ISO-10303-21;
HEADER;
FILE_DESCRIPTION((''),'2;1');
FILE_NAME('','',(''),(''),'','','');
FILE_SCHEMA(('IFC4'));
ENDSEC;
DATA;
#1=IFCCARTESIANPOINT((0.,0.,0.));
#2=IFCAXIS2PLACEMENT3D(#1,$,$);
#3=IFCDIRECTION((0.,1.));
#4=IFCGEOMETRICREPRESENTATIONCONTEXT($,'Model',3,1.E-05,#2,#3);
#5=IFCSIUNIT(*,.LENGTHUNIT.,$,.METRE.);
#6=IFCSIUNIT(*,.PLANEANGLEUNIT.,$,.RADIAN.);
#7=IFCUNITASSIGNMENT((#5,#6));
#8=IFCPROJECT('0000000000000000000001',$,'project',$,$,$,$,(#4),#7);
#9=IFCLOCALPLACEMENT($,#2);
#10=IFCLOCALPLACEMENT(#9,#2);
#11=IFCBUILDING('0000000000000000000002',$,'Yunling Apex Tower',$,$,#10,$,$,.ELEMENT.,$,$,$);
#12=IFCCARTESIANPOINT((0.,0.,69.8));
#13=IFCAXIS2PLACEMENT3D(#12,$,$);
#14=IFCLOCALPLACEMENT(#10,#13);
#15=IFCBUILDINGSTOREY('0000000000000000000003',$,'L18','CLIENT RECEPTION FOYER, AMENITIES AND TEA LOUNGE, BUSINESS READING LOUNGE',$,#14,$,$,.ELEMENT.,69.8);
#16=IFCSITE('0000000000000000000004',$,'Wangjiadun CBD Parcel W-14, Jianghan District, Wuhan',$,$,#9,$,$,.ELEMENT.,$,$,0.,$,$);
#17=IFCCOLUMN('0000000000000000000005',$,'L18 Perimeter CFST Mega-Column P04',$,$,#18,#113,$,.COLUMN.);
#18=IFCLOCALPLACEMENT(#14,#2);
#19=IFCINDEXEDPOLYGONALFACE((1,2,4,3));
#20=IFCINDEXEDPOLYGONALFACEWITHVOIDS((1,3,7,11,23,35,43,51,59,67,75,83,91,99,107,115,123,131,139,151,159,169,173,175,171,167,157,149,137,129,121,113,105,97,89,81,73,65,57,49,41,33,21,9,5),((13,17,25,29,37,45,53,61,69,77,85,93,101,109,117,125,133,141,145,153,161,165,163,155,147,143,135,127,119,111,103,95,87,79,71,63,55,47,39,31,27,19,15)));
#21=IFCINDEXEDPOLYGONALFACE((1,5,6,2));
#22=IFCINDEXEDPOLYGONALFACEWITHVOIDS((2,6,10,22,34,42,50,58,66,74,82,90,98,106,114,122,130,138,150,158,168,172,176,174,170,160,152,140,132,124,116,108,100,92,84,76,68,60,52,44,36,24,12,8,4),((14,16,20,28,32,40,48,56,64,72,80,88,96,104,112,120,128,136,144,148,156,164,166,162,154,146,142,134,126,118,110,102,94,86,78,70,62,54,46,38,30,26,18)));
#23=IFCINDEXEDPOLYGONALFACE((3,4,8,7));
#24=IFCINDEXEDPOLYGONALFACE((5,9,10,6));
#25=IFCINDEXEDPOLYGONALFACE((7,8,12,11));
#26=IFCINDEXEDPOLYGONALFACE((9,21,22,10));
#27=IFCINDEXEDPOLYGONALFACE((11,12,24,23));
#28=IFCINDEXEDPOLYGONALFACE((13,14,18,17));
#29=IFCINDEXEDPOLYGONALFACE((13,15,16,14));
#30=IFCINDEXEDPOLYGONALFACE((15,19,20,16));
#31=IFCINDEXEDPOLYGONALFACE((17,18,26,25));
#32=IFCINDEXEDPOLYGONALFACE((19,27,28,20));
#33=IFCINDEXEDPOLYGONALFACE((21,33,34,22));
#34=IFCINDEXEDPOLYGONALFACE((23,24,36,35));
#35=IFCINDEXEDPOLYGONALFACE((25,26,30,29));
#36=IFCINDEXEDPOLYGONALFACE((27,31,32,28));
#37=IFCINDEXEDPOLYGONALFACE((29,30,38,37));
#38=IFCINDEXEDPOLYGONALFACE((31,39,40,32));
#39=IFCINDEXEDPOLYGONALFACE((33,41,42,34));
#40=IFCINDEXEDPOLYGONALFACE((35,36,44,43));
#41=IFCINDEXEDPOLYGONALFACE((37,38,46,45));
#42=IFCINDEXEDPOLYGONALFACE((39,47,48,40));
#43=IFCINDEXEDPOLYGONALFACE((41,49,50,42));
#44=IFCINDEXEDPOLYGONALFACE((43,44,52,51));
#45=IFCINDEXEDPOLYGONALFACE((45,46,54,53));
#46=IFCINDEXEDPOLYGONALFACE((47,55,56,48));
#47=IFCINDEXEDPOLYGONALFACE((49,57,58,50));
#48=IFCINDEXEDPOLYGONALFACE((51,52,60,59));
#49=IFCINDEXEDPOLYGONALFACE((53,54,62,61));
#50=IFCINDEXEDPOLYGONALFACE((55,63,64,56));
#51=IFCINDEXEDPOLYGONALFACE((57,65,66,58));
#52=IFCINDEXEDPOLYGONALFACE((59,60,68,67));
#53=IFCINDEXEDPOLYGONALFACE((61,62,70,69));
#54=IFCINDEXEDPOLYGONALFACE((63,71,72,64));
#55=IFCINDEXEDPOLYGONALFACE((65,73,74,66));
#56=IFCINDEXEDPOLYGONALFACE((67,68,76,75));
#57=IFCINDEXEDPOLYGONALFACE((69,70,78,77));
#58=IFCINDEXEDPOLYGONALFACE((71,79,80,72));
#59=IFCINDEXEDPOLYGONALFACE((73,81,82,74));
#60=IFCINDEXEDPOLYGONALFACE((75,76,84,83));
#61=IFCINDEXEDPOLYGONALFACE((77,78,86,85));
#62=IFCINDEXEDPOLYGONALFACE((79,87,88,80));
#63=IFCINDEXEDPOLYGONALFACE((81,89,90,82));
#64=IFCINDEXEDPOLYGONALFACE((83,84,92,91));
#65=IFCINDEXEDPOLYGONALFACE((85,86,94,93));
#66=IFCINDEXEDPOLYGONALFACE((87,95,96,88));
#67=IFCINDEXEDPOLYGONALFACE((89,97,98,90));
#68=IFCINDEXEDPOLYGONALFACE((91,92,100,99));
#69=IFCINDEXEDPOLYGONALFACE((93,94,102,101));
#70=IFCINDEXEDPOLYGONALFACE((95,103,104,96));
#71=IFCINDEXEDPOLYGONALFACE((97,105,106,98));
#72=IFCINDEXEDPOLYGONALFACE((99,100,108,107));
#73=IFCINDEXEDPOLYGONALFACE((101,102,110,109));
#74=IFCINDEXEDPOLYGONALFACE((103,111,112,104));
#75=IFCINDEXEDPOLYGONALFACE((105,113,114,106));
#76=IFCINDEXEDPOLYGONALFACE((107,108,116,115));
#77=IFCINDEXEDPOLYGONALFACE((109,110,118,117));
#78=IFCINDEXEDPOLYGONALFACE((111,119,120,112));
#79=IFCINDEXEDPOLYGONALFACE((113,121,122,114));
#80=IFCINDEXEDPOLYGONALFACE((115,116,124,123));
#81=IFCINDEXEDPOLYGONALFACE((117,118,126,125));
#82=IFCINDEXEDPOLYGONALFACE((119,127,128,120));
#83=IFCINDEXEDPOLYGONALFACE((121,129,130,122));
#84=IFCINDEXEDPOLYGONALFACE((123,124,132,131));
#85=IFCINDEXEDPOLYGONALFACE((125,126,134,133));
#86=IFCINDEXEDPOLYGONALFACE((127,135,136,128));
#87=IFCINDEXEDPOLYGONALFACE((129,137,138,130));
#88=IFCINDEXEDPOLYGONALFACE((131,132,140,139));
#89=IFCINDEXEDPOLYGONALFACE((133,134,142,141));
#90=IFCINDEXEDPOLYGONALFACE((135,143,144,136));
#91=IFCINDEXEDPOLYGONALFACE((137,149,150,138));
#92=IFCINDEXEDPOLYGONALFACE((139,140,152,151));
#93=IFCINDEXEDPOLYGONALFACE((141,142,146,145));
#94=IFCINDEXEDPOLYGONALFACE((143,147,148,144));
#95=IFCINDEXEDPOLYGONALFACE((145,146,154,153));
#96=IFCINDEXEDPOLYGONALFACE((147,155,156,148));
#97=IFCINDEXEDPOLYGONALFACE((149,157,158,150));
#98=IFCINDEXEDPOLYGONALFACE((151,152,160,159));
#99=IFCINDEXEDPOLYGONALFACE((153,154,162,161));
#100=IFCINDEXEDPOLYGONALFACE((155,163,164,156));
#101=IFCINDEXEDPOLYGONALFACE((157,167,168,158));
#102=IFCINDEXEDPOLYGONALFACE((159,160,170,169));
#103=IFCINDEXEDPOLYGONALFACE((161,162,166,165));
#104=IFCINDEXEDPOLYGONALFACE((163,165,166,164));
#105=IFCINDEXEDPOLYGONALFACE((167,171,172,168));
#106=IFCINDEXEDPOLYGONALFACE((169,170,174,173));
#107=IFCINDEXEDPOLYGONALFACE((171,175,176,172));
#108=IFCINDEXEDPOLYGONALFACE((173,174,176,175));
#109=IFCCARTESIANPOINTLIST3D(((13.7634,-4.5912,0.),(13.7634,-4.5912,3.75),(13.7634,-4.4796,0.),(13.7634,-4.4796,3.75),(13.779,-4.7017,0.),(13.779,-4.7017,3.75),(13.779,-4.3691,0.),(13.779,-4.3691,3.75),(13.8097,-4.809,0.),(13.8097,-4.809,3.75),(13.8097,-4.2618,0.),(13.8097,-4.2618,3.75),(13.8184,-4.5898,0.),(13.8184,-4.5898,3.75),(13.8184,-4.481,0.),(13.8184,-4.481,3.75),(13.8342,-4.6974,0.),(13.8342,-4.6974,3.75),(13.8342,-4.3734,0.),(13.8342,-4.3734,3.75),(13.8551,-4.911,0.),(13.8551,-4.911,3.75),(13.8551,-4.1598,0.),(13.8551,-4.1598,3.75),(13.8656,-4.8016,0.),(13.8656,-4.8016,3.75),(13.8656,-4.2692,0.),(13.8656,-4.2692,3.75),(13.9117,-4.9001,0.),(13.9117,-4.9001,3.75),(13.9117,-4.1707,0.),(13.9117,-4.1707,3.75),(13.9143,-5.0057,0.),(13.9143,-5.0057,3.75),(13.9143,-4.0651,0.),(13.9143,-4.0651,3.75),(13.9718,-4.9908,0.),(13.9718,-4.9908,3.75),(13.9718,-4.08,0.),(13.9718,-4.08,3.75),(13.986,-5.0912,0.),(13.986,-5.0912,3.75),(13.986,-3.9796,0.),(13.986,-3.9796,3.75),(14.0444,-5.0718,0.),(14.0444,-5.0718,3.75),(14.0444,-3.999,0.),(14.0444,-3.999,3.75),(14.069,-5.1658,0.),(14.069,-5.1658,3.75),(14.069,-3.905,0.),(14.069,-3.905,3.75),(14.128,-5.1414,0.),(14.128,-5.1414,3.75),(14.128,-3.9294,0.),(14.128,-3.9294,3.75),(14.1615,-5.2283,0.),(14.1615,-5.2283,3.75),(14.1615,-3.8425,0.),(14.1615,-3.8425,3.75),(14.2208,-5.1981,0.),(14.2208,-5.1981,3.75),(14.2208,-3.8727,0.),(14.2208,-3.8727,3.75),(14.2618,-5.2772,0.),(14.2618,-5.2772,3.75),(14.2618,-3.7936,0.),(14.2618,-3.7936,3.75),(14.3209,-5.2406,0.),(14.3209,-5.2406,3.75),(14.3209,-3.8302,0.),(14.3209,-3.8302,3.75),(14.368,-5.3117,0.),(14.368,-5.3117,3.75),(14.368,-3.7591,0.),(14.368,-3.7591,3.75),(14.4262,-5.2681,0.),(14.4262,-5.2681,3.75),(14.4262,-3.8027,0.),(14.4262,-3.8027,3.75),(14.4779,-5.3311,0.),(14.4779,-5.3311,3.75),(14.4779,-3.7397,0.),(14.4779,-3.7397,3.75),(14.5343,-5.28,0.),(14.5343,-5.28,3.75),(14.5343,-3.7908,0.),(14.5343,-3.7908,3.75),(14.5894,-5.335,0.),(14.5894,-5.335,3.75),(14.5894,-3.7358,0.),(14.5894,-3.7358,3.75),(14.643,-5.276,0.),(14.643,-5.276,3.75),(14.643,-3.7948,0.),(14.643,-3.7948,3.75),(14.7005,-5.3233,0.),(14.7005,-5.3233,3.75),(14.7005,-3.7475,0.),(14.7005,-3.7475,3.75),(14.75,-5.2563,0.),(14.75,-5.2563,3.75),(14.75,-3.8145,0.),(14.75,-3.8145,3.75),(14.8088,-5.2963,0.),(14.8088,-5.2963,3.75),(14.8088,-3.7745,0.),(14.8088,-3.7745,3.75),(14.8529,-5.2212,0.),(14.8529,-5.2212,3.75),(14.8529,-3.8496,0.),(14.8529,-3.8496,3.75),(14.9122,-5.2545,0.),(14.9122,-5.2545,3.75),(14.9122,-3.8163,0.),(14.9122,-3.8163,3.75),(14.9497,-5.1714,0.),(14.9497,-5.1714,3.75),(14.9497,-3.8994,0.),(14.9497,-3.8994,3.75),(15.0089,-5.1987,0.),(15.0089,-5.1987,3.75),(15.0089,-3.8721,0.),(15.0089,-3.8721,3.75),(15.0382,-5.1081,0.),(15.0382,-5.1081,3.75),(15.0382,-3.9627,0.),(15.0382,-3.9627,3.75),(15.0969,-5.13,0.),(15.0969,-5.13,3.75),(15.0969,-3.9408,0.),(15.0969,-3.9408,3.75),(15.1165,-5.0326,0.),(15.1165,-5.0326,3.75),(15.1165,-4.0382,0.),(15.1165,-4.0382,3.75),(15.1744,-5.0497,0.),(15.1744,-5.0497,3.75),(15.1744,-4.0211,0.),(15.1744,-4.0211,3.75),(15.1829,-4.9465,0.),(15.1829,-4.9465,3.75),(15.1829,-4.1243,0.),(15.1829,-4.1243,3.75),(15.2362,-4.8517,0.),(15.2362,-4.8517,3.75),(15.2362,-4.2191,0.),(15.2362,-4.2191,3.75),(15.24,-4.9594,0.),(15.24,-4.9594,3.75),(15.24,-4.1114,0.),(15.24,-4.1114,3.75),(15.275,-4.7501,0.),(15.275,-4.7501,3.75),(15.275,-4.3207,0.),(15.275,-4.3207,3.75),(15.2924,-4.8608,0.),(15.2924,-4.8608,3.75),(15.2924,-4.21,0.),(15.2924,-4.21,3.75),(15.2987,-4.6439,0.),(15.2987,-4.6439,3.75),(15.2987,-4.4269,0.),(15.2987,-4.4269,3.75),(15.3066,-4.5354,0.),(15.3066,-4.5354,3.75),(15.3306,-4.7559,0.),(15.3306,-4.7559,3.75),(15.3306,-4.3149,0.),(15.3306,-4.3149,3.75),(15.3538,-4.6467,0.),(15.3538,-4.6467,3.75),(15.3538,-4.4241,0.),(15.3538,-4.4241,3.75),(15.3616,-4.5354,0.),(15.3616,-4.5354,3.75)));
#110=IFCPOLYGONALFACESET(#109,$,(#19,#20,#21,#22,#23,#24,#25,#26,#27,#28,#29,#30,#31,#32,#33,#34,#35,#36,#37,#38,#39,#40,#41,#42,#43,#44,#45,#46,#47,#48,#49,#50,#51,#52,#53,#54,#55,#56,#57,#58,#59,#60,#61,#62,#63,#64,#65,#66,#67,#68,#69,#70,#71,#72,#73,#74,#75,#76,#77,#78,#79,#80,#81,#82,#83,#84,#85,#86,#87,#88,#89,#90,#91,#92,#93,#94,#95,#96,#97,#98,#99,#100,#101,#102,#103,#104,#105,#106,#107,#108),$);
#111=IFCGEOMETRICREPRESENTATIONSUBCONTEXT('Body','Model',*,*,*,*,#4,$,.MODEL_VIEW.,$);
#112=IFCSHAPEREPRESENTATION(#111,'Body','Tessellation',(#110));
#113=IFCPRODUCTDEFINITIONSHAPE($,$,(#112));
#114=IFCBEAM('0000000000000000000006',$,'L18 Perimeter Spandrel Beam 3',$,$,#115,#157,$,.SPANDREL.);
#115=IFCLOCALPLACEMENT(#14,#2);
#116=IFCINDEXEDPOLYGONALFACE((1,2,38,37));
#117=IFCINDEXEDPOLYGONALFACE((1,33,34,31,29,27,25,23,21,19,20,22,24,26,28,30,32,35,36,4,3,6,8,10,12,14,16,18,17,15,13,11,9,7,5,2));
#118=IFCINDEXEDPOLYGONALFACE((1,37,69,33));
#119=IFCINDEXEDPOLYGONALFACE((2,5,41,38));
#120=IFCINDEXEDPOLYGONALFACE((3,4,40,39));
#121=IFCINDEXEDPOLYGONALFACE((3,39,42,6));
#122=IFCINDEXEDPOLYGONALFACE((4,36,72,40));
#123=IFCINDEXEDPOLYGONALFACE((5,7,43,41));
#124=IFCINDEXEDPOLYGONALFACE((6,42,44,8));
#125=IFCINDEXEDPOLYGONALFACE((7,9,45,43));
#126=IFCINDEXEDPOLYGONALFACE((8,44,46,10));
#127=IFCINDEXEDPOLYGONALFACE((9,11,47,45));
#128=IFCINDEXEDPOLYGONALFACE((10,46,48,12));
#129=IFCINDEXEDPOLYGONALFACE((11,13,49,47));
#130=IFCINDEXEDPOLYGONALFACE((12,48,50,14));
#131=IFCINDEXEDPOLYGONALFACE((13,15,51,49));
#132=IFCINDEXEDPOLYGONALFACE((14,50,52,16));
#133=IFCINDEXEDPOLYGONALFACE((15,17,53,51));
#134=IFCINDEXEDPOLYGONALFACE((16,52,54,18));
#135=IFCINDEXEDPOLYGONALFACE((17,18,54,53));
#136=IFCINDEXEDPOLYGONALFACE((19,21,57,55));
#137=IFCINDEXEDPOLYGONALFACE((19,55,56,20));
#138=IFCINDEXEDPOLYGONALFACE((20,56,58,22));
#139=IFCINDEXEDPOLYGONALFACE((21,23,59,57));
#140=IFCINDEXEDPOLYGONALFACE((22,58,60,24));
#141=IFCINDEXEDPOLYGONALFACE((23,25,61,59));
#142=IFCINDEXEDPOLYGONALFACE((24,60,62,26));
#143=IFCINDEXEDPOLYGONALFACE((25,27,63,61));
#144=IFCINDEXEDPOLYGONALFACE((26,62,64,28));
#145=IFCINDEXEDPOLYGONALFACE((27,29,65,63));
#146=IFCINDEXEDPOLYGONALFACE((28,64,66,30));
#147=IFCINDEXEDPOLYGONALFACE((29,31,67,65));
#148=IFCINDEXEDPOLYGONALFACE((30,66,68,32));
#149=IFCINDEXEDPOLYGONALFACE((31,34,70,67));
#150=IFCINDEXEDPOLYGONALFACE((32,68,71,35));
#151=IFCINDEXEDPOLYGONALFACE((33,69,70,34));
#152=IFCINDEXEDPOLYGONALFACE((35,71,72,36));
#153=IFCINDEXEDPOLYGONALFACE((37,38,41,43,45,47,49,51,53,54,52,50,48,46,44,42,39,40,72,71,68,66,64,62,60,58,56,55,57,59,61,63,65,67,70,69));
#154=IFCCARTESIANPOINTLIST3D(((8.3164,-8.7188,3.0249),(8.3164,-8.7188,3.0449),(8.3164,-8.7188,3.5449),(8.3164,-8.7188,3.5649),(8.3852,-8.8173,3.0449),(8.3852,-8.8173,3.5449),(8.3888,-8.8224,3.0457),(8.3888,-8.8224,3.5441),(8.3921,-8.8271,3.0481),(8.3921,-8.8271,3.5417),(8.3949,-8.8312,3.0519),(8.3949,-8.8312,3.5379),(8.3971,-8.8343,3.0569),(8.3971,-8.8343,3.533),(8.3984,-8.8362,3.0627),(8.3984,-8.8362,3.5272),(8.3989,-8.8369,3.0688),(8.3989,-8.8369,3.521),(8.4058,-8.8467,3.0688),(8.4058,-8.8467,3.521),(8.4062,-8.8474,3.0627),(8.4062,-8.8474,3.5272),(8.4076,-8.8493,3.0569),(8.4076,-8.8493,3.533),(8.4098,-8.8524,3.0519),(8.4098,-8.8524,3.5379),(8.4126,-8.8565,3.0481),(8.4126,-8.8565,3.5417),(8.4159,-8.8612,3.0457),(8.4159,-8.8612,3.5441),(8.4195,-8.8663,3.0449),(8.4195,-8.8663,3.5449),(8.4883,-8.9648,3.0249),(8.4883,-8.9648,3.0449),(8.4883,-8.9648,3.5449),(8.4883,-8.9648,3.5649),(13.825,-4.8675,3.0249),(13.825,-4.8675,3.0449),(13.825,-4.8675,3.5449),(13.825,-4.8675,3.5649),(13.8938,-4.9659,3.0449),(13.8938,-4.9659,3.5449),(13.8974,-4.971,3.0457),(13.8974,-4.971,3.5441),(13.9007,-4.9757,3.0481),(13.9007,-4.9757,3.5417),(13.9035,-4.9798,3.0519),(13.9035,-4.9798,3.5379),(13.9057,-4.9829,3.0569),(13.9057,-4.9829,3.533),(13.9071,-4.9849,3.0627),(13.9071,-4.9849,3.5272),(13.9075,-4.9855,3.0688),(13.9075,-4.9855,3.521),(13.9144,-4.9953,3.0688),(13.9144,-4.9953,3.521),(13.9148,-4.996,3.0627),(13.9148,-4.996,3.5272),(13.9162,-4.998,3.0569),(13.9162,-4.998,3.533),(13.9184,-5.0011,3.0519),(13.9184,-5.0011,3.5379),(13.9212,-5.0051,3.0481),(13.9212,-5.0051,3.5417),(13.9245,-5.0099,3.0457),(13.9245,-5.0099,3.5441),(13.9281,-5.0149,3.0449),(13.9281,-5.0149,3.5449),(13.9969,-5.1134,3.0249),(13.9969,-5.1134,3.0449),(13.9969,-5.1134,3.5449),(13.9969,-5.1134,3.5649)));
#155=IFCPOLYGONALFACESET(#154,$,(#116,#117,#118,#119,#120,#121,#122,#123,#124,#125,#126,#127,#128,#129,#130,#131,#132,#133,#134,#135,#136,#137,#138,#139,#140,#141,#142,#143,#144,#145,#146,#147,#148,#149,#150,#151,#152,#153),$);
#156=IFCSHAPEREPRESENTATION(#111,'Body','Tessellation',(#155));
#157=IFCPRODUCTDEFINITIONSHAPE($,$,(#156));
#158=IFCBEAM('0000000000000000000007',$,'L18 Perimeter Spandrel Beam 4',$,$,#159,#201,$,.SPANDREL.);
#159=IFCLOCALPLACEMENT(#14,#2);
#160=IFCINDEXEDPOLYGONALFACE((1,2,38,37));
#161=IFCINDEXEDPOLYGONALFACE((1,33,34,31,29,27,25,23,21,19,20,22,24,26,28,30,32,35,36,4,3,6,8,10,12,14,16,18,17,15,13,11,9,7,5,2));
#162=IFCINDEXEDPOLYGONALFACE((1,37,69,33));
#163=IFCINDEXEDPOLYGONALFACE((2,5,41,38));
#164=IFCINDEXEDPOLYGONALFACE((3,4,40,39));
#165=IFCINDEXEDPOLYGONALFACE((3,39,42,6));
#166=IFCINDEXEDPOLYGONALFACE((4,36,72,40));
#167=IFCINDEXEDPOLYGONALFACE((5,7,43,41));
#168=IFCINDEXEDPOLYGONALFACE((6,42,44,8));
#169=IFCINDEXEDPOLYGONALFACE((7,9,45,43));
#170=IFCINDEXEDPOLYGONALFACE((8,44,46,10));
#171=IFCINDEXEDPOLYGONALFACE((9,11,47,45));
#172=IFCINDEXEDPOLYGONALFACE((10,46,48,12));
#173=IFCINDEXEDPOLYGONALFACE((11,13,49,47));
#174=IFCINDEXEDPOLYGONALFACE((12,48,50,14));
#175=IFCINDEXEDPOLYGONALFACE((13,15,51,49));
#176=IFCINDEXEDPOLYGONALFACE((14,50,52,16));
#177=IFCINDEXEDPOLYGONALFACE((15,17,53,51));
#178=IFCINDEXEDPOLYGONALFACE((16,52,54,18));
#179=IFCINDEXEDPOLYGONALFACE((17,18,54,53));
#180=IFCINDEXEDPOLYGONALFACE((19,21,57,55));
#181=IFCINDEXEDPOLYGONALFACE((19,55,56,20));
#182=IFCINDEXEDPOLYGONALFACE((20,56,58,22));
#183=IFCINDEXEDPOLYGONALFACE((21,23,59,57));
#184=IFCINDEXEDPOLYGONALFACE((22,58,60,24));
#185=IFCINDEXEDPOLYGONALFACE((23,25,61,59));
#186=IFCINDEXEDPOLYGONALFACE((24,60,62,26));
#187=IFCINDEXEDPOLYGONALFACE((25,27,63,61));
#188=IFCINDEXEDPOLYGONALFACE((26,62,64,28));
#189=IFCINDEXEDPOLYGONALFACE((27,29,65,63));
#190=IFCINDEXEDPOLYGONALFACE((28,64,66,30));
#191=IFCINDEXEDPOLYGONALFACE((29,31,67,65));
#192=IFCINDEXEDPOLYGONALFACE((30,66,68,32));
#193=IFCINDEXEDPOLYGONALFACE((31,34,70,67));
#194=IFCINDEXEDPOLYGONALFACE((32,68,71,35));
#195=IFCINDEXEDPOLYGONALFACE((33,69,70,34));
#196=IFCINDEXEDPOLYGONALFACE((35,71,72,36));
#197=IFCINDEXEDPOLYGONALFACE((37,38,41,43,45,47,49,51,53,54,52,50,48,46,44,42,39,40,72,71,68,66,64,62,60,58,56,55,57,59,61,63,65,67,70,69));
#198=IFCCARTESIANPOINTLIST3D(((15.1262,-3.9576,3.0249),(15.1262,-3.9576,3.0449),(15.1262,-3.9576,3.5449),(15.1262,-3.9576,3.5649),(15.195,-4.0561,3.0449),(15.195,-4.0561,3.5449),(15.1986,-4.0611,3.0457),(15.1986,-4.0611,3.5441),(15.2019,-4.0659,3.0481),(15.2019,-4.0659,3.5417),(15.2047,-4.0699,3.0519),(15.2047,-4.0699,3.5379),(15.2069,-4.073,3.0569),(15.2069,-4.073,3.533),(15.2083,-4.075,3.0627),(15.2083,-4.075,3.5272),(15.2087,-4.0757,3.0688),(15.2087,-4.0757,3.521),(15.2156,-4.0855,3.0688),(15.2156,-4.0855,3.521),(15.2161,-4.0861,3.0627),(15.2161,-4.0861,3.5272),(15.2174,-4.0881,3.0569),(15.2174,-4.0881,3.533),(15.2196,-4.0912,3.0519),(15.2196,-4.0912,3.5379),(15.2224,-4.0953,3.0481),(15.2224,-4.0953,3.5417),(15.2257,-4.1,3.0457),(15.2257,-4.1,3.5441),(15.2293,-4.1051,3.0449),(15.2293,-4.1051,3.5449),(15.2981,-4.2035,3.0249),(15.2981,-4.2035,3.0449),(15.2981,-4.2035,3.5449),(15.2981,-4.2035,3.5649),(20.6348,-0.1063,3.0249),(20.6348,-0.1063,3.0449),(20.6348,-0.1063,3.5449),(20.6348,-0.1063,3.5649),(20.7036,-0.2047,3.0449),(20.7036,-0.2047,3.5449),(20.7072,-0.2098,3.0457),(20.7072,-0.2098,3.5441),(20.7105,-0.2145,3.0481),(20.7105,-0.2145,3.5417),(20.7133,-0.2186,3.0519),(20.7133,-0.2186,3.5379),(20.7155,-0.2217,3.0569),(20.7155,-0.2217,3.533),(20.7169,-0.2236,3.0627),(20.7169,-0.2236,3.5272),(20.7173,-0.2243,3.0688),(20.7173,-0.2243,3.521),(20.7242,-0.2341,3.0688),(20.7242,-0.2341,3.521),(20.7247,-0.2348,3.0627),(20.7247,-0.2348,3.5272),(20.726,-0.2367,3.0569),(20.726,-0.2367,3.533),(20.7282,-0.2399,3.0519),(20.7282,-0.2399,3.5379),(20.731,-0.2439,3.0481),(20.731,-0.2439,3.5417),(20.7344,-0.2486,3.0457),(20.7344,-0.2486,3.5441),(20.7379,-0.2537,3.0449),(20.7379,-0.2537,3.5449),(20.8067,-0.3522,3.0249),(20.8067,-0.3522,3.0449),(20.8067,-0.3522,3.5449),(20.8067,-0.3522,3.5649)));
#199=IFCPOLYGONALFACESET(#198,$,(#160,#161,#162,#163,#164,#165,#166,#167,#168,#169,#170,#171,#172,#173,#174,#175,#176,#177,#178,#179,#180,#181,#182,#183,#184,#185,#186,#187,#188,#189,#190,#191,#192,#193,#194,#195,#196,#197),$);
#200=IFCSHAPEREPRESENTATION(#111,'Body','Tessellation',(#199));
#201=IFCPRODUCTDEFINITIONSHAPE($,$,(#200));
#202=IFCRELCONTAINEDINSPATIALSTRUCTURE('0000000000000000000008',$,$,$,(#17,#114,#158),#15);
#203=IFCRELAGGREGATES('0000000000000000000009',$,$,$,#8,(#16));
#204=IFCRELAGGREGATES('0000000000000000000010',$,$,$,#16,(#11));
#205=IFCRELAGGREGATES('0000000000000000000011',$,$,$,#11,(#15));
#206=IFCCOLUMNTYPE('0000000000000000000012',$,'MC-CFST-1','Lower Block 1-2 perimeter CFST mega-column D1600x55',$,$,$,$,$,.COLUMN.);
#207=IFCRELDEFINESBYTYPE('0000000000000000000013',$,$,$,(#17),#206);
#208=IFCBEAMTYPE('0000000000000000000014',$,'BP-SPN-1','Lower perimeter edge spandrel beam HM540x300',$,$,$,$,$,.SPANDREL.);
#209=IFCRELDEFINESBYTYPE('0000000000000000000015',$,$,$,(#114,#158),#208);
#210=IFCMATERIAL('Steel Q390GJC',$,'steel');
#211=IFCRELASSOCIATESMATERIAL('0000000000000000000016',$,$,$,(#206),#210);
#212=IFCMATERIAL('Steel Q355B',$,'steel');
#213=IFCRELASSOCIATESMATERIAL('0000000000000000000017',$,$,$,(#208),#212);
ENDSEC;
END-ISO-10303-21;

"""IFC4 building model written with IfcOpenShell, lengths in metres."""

from ifc_helpers import new_model, si_unit, direction, frame, origin, origin_2d, place, context, subcontext, project, spatial, hollow_circle, i_section, extrude, source, transform, mapped, material, material_profile, profile_set, type_object, element, save


model = new_model("IFC4")

# Units and contexts
model_context = context("Model", 3, precision=1e-05, world=origin(), true_north=direction((0.0, 1.0)))
body_context = subcontext(model_context, "Body", "Model", "MODEL_VIEW")
ifc_project = project(units=[si_unit("LENGTHUNIT", "METRE"), si_unit("PLANEANGLEUNIT", "RADIAN")], contexts=[model_context])

# Site, building, storey
site_placement = place(None, origin())
site = spatial("IfcSite", under=ifc_project, at=site_placement, Name="Wangjiadun CBD Parcel W-14, Jianghan District, Wuhan", CompositionType="ELEMENT", RefElevation=0.0)
building_placement = place(site_placement, origin())
building = spatial("IfcBuilding", under=site, at=building_placement, Name="Yunling Apex Tower", CompositionType="ELEMENT")
storey_placement = place(building_placement, frame((0.0, 0.0, 69.8)))
storey = spatial("IfcBuildingStorey", under=building, at=storey_placement, Name="L18", Description="CLIENT RECEPTION FOYER, AMENITIES AND TEA LOUNGE, BUSINESS READING LOUNGE", CompositionType="ELEMENT", Elevation=69.8)

# Column
ifc_material_1 = material(Name="Steel Q390GJC", Category="steel")
ifc_material_profile_1 = material_profile(ifc_material_1, hollow_circle(Radius=0.8, WallThickness=0.0549, at=origin_2d()))
ifc_profile_set_1 = profile_set([ifc_material_profile_1], Name="Steel Q390GJC")
column_type = type_object("IfcColumnType", Name="MC-CFST-1", Description="Lower Block 1-2 perimeter CFST mega-column D1600x55", PredefinedType="COLUMN", material=ifc_profile_set_1)
shared_shape_1 = source(origin(), body_context, "Body", "SweptSolid", [
    extrude(hollow_circle(Radius=0.8, WallThickness=0.0549, at=origin_2d()), origin(), (0.0, 0.0, 1.0), 3.75),
])
column_placement = place(storey_placement, frame((14.5615, -4.5354, 0.0), z_axis=(0.0, 0.0, 1.0), x_axis=(1.0, 0.0, 0.0)))
element("IfcColumn", 1, at=column_placement, inside=storey, type_object=column_type, Name="L18 Perimeter CFST Mega-Column P04", PredefinedType="COLUMN", context=body_context, shape_type="MappedRepresentation", body=[
    mapped(shared_shape_1, transform((0.0, 0.0, 0.0), scale=1.0)),
])

# Beams
ifc_material_2 = material(Name="Steel Q355B", Category="steel")
ifc_material_profile_2 = material_profile(ifc_material_2, i_section(OverallWidth=0.3, OverallDepth=0.54, WebThickness=0.012, FlangeThickness=0.02, FilletRadius=0.0239, at=origin_2d()))
ifc_profile_set_2 = profile_set([ifc_material_profile_2], Name="Steel Q355B")
beam_type_1 = type_object("IfcBeamType", Name="BP-SPN-1", Description="Lower perimeter edge spandrel beam HM540x300", PredefinedType="SPANDREL", material=ifc_profile_set_2)
shared_shape_2 = source(origin(), body_context, "Body", "SweptSolid", [
    extrude(i_section(OverallWidth=0.3, OverallDepth=0.54, WebThickness=0.012, FlangeThickness=0.02, FilletRadius=0.0239, at=origin_2d()), origin(), (0.0, 0.0, 1.0), 6.7214),
])
for number, where, z_axis, x_axis, name in (
    (2, (8.4023, -8.8418, 3.2949), (0.819558, 0.572997, 0.0), (-0.572997, 0.819558, 0.0), "L18 Perimeter Spandrel Beam 3"),
    (3, (15.2122, -4.0806, 3.2949), (0.819558, 0.572997, 0.0), (-0.572997, 0.819558, 0.0), "L18 Perimeter Spandrel Beam 4"),
):
    element("IfcBeam", number, at=place(storey_placement, frame(where, z_axis=z_axis, x_axis=x_axis)), inside=storey, type_object=beam_type_1, Name=name, PredefinedType="SPANDREL", context=body_context, shape_type="MappedRepresentation", body=[
        mapped(shared_shape_2, transform((0.0, 0.0, 0.0), scale=1.0)),
    ])

save(model, "model.ifc")
